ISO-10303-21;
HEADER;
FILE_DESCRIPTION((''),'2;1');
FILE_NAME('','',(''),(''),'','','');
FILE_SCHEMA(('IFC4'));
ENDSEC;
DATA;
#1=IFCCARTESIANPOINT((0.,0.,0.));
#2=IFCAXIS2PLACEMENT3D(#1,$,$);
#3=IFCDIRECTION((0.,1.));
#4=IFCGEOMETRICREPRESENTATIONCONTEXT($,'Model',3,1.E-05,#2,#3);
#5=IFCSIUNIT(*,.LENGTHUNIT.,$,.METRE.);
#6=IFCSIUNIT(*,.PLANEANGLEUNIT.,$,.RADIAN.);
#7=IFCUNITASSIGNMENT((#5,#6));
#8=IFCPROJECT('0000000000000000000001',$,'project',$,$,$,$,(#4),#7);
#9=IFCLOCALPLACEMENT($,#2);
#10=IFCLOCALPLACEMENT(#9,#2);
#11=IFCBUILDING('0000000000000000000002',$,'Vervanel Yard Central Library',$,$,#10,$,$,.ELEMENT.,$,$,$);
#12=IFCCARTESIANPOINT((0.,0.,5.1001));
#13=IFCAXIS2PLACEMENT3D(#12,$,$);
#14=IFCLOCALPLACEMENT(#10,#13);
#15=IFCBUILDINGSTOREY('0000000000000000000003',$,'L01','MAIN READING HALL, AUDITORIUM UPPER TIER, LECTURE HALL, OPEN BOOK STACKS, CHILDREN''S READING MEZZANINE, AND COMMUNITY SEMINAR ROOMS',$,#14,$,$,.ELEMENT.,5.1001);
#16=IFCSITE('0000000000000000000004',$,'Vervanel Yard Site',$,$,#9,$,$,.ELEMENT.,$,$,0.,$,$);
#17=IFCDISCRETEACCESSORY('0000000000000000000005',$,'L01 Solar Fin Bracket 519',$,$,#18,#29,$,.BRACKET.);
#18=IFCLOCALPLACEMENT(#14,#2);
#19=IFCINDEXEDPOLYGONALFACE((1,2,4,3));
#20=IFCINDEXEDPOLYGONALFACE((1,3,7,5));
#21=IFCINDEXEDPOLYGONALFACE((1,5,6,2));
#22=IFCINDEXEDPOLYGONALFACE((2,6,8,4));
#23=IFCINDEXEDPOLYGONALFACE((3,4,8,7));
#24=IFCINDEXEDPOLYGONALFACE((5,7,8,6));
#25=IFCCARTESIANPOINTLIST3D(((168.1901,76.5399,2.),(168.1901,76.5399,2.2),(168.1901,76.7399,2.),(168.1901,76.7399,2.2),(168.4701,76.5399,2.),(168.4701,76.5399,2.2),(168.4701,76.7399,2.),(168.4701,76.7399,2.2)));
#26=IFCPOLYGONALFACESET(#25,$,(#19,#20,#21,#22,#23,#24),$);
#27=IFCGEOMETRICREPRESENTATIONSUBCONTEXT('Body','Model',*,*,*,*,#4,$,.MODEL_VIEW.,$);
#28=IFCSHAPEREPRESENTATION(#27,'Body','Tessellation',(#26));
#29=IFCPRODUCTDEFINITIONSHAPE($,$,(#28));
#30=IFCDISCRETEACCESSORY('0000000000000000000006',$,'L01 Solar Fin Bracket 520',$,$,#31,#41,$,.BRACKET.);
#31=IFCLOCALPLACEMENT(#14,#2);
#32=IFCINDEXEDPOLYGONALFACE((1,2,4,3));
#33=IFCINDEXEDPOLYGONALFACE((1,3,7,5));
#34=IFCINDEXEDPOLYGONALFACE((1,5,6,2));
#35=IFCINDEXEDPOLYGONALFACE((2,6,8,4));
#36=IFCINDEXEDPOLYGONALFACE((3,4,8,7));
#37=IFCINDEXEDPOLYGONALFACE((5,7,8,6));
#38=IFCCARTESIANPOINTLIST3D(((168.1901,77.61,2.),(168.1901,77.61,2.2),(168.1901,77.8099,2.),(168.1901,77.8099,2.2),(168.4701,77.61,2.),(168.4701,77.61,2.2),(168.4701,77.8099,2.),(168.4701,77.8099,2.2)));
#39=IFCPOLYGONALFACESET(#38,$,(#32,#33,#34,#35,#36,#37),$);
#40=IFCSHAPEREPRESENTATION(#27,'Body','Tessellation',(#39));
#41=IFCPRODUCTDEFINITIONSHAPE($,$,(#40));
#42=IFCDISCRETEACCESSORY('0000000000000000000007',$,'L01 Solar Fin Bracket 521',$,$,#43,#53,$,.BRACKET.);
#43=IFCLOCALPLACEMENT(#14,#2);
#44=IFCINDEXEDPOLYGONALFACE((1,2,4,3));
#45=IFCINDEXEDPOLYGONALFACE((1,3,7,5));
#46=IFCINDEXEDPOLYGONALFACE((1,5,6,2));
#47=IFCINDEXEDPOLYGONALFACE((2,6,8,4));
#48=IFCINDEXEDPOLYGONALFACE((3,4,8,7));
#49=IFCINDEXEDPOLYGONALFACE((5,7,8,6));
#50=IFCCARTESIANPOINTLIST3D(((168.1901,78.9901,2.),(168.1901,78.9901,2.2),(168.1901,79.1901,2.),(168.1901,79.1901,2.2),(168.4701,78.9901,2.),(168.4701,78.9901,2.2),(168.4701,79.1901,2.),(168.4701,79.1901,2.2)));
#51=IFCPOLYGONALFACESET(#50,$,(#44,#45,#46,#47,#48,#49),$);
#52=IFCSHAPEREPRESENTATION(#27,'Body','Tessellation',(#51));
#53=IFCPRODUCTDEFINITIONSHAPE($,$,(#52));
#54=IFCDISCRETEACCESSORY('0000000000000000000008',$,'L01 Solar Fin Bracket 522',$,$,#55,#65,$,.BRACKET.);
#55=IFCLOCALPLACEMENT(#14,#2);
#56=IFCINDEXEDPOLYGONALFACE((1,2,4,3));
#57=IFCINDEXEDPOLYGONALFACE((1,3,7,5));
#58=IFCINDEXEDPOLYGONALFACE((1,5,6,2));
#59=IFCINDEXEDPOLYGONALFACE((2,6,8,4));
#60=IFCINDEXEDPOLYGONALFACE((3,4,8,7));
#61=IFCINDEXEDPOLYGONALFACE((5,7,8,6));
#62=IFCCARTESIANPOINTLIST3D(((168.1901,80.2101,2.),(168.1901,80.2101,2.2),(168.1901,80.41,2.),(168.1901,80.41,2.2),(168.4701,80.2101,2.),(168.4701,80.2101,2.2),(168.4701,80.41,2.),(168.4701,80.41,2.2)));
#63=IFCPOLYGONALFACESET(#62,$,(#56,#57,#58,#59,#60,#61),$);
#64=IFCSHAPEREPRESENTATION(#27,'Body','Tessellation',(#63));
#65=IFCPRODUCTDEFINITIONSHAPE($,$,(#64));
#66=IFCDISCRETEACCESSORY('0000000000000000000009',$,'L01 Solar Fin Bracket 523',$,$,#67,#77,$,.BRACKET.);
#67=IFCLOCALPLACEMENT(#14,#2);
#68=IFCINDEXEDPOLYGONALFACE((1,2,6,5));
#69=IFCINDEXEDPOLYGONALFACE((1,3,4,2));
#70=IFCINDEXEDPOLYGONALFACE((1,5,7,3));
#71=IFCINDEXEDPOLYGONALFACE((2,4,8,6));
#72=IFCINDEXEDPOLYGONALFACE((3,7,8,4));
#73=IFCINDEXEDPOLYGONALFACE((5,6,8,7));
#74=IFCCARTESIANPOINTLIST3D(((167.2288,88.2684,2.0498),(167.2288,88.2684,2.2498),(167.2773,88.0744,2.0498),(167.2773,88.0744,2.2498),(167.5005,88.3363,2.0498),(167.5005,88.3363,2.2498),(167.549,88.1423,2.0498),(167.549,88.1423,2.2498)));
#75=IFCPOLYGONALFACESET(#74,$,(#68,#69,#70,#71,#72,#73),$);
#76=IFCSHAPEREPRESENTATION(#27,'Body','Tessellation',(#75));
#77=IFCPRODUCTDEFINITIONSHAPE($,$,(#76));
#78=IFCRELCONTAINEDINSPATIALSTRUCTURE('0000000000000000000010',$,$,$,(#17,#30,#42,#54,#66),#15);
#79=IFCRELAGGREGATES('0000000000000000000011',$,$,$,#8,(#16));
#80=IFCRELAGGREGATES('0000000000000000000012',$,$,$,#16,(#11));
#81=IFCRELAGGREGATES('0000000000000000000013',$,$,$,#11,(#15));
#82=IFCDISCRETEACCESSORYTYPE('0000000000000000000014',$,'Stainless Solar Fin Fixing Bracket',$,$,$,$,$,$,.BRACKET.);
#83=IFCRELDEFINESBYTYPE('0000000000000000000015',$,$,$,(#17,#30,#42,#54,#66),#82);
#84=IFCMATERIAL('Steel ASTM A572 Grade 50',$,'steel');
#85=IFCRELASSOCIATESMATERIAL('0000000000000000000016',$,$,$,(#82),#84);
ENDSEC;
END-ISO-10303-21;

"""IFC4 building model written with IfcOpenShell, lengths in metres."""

from ifc_helpers import new_model, si_unit, direction, frame, origin, origin_2d, place, context, subcontext, project, spatial, rectangle, extrude, material, type_object, element, save


model = new_model("IFC4")

# Units and contexts
model_context = context("Model", 3, precision=1e-05, world=origin(), true_north=direction((0.0, 1.0)))
body_context = subcontext(model_context, "Body", "Model", "MODEL_VIEW")
ifc_project = project(units=[si_unit("LENGTHUNIT", "METRE"), si_unit("PLANEANGLEUNIT", "RADIAN")], contexts=[model_context])

# Site, building, storey
site_placement = place(None, origin())
site = spatial("IfcSite", under=ifc_project, at=site_placement, Name="Vervanel Yard Site", CompositionType="ELEMENT", RefElevation=0.0)
building_placement = place(site_placement, origin())
building = spatial("IfcBuilding", under=site, at=building_placement, Name="Vervanel Yard Central Library", CompositionType="ELEMENT")
storey_placement = place(building_placement, frame((0.0, 0.0, 5.1001)))
storey = spatial("IfcBuildingStorey", under=building, at=storey_placement, Name="L01", Description="MAIN READING HALL, AUDITORIUM UPPER TIER, LECTURE HALL, OPEN BOOK STACKS, CHILDREN'S READING MEZZANINE, AND COMMUNITY SEMINAR ROOMS", CompositionType="ELEMENT", Elevation=5.1001)

# Discrete accessories
ifc_material_1 = material(Name="Steel ASTM A572 Grade 50", Category="steel")
discrete_accessory_type = type_object("IfcDiscreteAccessoryType", Name="Stainless Solar Fin Fixing Bracket", PredefinedType="BRACKET", material=ifc_material_1)
for number, where, z_axis, x_axis, name in (
    (1, (168.3301, 76.6399, 2.0), (0.0, 0.0, 1.0), (0.0, 1.0, 0.0), "L01 Solar Fin Bracket 519"),
    (2, (168.3301, 77.71, 2.0), (0.0, 0.0, 1.0), (0.0, 1.0, 0.0), "L01 Solar Fin Bracket 520"),
    (3, (168.3301, 79.0901, 2.0), (0.0, 0.0, 1.0), (0.0, 1.0, 0.0), "L01 Solar Fin Bracket 521"),
    (4, (168.3301, 80.3101, 2.0), (0.0, 0.0, 1.0), (0.0, 1.0, 0.0), "L01 Solar Fin Bracket 522"),
    (5, (167.3889, 88.2053, 2.0498), (0.0, 0.0, 1.0), (-0.242535, 0.970143, 0.0), "L01 Solar Fin Bracket 523"),
):
    element("IfcDiscreteAccessory", number, at=place(storey_placement, frame(where, z_axis=z_axis, x_axis=x_axis)), inside=storey, type_object=discrete_accessory_type, Name=name, PredefinedType="BRACKET", context=body_context, shape_type="SweptSolid", body=[
        extrude(rectangle(XDim=0.2, YDim=0.28, at=origin_2d()), origin(), (0.0, 0.0, 1.0), 0.2),
    ])

save(model, "model.ifc")
